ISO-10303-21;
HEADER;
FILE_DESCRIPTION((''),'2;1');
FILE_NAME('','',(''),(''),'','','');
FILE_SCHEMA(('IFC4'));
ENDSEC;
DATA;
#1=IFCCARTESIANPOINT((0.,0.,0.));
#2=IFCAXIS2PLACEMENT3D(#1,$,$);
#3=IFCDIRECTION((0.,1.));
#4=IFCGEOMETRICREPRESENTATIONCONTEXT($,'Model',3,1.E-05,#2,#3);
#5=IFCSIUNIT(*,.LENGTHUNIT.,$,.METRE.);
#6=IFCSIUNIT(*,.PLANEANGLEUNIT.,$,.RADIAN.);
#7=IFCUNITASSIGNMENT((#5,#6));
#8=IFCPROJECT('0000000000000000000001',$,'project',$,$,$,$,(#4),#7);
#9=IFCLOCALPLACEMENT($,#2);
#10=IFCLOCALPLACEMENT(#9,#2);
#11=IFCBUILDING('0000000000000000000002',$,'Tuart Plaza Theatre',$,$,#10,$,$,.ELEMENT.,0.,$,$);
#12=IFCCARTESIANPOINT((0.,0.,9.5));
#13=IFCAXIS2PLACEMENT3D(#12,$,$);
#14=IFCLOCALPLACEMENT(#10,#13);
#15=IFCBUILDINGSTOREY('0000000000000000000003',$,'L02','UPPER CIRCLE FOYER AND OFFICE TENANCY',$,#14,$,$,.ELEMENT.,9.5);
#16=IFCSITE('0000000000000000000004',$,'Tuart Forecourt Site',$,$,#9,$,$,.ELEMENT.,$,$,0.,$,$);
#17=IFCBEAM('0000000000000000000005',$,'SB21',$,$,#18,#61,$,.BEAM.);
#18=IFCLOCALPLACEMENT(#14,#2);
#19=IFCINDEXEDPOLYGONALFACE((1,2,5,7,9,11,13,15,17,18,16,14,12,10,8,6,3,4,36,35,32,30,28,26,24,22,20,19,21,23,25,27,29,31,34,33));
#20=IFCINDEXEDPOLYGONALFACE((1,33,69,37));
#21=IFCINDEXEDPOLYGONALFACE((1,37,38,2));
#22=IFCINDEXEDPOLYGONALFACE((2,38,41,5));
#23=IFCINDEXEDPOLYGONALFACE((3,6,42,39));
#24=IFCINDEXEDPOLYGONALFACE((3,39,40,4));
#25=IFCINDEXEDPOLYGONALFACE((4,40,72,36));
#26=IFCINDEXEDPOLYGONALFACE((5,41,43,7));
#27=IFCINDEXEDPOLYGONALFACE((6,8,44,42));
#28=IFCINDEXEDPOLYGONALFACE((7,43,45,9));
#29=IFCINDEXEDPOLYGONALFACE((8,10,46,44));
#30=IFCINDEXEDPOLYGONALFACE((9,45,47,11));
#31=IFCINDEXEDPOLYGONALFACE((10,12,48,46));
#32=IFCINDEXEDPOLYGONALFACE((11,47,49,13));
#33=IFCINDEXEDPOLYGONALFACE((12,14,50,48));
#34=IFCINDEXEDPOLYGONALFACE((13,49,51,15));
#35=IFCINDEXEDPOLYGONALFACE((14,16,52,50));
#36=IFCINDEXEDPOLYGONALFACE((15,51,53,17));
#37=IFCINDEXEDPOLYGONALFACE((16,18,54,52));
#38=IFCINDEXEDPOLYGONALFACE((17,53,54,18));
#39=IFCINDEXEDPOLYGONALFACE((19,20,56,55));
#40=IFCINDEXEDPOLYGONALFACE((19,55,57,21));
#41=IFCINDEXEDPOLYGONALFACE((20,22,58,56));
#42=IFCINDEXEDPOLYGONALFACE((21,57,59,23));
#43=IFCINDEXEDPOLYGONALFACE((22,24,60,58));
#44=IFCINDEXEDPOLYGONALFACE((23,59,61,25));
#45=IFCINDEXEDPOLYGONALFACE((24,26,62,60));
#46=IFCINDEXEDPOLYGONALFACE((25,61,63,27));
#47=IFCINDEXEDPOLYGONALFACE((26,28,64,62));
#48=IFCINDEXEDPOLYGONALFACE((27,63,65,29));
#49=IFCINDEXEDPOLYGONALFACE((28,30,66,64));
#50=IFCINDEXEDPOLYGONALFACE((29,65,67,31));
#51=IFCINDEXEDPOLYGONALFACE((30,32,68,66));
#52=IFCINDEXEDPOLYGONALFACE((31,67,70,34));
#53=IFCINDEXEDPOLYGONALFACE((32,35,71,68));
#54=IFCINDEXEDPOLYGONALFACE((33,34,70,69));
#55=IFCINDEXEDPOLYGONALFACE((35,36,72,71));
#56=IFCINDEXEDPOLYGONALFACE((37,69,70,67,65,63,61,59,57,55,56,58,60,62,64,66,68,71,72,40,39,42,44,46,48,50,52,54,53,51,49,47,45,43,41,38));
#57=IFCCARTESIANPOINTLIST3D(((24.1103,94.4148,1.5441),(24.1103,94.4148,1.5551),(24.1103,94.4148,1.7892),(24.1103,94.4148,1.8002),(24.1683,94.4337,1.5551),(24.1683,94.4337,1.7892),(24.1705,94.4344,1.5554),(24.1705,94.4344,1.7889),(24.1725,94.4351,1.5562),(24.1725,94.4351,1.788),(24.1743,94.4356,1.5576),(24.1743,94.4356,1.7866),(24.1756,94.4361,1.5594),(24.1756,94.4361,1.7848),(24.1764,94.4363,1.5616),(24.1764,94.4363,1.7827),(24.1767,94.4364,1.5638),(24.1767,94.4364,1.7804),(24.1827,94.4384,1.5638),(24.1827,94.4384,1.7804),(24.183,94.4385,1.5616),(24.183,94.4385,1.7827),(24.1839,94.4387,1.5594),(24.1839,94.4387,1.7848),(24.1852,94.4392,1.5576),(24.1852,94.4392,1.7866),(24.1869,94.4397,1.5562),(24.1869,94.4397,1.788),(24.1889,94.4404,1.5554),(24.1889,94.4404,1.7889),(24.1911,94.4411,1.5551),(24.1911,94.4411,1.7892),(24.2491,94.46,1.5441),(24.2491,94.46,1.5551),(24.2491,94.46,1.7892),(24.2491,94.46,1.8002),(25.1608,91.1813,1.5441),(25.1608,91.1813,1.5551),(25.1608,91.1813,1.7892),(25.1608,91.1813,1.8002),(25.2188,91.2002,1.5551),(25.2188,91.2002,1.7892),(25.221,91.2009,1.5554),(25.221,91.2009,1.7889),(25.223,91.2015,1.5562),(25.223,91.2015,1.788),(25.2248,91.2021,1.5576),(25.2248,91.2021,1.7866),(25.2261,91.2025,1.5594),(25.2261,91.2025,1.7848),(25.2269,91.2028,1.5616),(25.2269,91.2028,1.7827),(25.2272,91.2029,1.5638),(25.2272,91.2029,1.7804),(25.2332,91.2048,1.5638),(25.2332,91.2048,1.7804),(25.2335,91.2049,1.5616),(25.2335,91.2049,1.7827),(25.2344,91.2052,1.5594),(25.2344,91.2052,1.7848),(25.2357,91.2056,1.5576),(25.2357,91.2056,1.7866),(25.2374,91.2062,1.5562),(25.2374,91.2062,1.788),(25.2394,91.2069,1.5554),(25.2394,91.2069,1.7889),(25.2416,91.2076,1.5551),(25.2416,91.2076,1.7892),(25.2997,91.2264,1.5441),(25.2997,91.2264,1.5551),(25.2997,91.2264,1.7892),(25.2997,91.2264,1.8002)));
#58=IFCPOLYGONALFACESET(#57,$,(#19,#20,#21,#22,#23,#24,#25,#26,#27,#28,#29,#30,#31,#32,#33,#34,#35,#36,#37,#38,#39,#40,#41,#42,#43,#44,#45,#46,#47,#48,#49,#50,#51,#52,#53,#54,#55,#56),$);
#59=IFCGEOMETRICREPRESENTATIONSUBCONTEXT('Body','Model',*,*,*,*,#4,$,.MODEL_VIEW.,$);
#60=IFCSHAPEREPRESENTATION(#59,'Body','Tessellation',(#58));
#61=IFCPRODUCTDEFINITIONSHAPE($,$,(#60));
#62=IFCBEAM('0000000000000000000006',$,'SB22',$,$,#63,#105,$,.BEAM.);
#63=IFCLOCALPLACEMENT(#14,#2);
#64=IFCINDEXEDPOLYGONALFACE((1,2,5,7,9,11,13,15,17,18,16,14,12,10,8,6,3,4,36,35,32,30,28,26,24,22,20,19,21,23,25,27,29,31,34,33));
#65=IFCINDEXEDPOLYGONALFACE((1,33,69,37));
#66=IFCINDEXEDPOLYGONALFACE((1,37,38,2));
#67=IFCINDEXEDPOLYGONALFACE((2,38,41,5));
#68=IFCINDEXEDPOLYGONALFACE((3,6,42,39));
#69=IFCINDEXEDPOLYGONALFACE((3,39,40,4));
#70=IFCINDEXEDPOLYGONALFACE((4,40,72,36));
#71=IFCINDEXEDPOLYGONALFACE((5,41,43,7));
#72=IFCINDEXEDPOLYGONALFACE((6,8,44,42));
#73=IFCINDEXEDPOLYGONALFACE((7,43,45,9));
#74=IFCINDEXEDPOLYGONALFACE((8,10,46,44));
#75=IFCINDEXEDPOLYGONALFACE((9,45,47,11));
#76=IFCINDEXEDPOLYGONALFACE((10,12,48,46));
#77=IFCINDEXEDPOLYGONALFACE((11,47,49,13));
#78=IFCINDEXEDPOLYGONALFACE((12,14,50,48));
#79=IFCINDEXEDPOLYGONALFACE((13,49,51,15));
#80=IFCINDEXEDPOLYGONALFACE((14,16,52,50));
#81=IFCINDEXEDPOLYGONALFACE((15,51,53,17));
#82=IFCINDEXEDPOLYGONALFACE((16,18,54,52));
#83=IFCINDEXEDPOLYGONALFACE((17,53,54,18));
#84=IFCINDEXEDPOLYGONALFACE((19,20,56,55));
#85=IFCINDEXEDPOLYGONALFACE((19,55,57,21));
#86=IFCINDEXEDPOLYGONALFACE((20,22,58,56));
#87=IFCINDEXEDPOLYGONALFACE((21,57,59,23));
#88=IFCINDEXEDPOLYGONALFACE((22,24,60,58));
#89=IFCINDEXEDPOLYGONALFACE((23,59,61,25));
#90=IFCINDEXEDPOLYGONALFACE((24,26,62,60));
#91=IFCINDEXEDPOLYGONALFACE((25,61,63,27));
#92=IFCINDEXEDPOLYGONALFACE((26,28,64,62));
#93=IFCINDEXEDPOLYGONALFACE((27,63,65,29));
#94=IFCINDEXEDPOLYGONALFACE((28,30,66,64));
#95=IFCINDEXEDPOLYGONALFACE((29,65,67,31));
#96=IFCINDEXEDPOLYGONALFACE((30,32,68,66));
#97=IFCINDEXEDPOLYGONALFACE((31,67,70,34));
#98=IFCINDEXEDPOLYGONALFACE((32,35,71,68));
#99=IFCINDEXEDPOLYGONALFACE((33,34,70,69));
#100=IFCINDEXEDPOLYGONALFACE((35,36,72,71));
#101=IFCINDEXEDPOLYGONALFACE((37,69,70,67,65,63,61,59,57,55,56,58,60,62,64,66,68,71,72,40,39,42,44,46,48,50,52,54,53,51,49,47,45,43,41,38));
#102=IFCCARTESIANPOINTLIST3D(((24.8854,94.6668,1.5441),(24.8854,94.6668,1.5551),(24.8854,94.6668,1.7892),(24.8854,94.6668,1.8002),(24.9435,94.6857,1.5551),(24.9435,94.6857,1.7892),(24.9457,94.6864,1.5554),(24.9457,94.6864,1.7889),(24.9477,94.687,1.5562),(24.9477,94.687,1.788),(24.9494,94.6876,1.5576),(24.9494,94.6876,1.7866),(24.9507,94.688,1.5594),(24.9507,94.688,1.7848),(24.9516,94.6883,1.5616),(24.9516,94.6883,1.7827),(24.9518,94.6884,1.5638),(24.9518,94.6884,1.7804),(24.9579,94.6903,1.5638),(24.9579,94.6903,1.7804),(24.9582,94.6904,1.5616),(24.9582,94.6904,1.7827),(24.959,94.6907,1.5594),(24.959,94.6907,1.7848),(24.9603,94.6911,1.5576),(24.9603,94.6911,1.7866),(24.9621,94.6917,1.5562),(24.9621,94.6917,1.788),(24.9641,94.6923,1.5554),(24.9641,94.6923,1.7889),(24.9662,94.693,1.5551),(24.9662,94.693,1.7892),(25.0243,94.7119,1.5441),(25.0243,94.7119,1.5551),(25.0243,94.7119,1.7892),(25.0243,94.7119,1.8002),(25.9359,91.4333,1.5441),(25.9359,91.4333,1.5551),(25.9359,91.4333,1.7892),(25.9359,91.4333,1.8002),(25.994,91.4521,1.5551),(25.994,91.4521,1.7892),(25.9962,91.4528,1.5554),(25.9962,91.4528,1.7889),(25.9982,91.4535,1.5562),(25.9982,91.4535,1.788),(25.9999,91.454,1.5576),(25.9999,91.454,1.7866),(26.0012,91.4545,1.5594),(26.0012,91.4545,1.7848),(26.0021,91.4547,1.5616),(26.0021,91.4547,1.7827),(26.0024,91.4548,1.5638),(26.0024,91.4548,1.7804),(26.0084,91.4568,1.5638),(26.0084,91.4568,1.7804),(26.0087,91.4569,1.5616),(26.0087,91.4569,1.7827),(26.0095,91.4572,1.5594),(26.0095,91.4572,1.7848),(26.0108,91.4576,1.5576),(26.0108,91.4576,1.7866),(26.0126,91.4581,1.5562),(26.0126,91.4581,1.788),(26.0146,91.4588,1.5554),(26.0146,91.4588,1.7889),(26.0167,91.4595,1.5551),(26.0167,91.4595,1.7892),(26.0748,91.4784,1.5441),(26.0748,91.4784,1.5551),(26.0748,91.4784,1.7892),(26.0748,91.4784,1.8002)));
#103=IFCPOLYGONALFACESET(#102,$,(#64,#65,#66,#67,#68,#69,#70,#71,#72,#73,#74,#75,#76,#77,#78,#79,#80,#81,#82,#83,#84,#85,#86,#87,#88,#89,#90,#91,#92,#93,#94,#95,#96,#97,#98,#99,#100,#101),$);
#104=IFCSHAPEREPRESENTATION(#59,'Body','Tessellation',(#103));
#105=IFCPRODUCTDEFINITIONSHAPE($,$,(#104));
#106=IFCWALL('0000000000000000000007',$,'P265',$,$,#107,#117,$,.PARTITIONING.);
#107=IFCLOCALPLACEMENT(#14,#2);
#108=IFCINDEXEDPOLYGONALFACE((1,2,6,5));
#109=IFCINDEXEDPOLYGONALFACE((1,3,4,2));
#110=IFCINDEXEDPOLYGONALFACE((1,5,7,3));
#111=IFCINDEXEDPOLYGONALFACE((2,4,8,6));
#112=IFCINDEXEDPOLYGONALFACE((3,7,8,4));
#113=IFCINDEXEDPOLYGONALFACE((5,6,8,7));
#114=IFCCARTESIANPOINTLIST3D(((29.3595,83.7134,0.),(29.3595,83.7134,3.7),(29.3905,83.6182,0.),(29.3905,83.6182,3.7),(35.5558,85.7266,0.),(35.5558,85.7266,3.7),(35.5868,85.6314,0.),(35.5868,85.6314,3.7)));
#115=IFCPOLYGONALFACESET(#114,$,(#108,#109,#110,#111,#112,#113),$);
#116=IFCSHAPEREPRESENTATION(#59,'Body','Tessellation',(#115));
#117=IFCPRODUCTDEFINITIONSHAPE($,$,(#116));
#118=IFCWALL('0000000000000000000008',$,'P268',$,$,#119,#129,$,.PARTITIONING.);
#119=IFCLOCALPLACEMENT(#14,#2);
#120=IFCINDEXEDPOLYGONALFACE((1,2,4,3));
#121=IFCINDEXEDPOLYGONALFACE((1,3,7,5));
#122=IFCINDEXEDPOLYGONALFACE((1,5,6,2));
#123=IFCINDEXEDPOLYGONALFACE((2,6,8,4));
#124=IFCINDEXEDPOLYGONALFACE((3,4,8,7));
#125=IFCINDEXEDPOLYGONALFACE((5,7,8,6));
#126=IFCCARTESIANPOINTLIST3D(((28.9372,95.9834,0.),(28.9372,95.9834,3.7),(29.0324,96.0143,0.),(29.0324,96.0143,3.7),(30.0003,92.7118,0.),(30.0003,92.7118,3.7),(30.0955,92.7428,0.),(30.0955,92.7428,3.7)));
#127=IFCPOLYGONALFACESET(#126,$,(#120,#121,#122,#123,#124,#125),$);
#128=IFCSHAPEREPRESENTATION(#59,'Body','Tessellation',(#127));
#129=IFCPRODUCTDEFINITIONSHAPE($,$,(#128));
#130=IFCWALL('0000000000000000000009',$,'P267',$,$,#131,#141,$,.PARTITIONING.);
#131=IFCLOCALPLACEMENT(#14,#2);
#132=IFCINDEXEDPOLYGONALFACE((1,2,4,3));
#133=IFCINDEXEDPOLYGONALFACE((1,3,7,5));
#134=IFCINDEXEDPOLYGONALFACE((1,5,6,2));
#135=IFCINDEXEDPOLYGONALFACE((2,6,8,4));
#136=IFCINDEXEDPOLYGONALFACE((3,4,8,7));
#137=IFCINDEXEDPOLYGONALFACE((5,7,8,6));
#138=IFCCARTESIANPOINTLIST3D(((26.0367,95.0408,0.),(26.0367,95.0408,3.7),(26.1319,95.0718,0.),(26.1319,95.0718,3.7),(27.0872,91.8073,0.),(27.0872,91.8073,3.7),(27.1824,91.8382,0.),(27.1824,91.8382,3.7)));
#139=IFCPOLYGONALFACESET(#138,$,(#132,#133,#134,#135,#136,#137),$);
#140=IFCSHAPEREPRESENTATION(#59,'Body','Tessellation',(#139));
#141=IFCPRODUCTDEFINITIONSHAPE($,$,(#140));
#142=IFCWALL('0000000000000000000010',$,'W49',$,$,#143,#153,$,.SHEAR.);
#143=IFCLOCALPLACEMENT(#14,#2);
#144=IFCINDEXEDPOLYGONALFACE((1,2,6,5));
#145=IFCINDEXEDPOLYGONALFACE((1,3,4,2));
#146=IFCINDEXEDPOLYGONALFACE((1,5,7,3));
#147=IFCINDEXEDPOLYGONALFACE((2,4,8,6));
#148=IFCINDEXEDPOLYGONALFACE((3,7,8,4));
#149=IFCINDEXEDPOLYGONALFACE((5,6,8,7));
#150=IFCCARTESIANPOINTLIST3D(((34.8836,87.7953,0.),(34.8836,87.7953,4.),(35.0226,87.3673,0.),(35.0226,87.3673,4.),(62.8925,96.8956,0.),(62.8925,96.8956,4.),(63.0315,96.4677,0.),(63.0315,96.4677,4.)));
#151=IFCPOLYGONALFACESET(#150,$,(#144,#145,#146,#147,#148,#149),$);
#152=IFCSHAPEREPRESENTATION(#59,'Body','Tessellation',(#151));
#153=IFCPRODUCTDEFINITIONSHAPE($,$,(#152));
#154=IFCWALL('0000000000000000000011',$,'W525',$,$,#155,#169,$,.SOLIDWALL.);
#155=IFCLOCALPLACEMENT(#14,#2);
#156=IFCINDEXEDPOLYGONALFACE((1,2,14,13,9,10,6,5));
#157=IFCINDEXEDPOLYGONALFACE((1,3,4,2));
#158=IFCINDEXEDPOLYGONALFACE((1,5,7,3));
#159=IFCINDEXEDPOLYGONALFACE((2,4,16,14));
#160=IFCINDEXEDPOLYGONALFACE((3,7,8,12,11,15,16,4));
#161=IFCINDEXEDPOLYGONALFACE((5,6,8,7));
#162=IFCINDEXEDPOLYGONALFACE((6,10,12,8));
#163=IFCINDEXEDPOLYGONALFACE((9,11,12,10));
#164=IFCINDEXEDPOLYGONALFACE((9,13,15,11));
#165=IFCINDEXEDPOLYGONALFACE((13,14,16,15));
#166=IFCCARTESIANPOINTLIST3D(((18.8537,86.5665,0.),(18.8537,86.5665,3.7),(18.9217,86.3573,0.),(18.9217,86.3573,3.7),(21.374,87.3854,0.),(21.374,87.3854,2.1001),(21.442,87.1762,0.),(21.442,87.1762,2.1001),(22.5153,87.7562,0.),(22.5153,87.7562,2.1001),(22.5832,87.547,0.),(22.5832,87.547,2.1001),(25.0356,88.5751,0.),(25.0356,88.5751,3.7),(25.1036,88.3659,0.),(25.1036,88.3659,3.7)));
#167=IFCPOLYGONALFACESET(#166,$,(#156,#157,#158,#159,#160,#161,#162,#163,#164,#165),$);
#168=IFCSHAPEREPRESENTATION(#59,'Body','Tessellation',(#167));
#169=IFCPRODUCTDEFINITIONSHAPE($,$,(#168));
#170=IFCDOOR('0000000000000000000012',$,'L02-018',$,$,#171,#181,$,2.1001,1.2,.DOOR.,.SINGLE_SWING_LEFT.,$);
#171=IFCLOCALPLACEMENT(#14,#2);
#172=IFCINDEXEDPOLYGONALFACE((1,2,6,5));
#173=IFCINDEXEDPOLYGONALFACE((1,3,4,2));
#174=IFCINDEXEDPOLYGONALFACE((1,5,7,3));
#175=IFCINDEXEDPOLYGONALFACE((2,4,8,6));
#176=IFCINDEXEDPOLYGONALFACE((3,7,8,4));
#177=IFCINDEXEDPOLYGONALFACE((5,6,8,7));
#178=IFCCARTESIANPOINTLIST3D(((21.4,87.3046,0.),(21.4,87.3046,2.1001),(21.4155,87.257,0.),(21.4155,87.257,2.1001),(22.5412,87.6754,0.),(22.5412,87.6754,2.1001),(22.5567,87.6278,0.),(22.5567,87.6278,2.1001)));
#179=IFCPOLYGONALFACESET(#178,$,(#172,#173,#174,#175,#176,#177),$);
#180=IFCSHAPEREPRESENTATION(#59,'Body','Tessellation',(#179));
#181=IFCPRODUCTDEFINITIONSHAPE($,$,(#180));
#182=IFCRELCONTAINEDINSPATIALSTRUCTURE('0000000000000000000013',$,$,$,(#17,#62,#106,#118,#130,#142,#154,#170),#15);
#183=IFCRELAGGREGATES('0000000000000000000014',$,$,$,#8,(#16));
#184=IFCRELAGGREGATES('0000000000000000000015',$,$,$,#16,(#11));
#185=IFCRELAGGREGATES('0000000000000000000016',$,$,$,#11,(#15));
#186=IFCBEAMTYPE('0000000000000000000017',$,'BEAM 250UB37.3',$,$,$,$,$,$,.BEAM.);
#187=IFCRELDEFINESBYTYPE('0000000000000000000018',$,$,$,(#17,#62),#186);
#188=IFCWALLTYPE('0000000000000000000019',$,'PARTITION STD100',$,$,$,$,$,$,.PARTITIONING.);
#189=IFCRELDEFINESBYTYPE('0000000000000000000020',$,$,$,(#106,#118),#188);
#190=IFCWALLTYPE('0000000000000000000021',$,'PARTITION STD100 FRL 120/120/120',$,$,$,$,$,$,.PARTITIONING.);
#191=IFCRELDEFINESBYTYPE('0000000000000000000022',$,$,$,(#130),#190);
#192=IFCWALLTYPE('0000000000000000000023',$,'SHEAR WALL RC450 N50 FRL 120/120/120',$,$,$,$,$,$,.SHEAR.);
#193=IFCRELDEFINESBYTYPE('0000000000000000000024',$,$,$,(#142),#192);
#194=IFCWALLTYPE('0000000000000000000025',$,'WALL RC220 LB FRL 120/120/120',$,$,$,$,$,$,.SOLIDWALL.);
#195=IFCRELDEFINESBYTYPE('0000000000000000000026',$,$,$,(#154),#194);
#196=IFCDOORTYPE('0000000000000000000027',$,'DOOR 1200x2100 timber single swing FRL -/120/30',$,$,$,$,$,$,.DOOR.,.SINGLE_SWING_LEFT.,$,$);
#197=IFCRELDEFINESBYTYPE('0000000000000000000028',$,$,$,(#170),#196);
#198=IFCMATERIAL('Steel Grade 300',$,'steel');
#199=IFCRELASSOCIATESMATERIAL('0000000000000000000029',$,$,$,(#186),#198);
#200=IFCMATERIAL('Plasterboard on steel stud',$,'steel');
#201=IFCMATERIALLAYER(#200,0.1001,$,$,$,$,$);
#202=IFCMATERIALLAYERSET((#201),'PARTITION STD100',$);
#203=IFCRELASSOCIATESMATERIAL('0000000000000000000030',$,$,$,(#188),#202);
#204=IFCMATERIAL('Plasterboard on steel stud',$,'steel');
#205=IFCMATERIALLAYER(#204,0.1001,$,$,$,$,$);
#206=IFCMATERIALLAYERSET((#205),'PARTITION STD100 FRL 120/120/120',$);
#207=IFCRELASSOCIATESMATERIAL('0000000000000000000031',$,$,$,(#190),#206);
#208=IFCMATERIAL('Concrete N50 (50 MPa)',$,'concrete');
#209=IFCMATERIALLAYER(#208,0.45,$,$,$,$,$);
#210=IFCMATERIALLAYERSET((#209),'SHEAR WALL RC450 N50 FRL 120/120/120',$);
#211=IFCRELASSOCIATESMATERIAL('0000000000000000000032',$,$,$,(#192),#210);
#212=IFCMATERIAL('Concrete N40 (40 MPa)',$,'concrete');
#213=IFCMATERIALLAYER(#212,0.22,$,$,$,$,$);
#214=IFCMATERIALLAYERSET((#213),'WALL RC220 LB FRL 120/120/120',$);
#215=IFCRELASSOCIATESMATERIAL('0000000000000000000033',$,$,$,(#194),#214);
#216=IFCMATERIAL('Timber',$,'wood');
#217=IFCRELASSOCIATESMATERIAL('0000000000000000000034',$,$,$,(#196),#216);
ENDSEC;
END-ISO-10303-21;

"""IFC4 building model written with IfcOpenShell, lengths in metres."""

from ifc_helpers import new_model, si_unit, direction, frame, frame_2d, origin, origin_2d, place, context, subcontext, project, spatial, rectangle, i_section, extrude, material, layer, layer_set, material_profile, profile_set, type_object, element, fill, save


model = new_model("IFC4")

# Units and contexts
model_context = context("Model", 3, precision=1e-05, world=origin(), true_north=direction((0.0, 1.0)))
body_context = subcontext(model_context, "Body", "Model", "MODEL_VIEW")
ifc_project = project(units=[si_unit("LENGTHUNIT", "METRE"), si_unit("PLANEANGLEUNIT", "RADIAN")], contexts=[model_context])

# Site, building, storey
site_placement = place(None, origin())
site = spatial("IfcSite", under=ifc_project, at=site_placement, Name="Tuart Forecourt Site", CompositionType="ELEMENT", RefElevation=0.0)
building_placement = place(site_placement, origin())
building = spatial("IfcBuilding", under=site, at=building_placement, Name="Tuart Plaza Theatre", CompositionType="ELEMENT", ElevationOfRefHeight=0.0)
storey_placement = place(building_placement, frame((0.0, 0.0, 9.5)))
storey = spatial("IfcBuildingStorey", under=building, at=storey_placement, Name="L02", Description="UPPER CIRCLE FOYER AND OFFICE TENANCY", CompositionType="ELEMENT", Elevation=9.5)

# Beams
ifc_material_1 = material(Name="Steel Grade 300", Category="steel")
ifc_material_profile = material_profile(ifc_material_1, i_section(OverallWidth=0.146, OverallDepth=0.2561, WebThickness=0.0063, FlangeThickness=0.011, FilletRadius=0.0088, at=origin_2d()), Name="250UB37.3")
ifc_profile_set = profile_set([ifc_material_profile], Name="Steel Grade 300")
beam_type = type_object("IfcBeamType", Name="BEAM 250UB37.3", PredefinedType="BEAM", material=ifc_profile_set)
for number, where, z_axis, x_axis, name in (
    (1, (25.2302, 91.2039, 1.6721), (-0.308981, 0.951068, 0.0), (-0.951068, -0.308981, 0.0), "SB21"),
    (2, (26.0054, 91.4558, 1.6721), (-0.308981, 0.951068, 0.0), (-0.951068, -0.308981, 0.0), "SB22"),
):
    element("IfcBeam", number, at=place(storey_placement, frame(where, z_axis=z_axis, x_axis=x_axis)), inside=storey, type_object=beam_type, Name=name, PredefinedType="BEAM", context=body_context, shape_type="SweptSolid", body=[
        extrude(i_section(OverallWidth=0.146, OverallDepth=0.2561, WebThickness=0.0063, FlangeThickness=0.011, FilletRadius=0.0088, at=origin_2d()), origin(), (0.0, 0.0, 1.0), 3.3999),
    ])

# Walls
ifc_material_2 = material(Name="Plasterboard on steel stud", Category="steel")
ifc_layer_1 = layer(ifc_material_2, 0.1001)
ifc_layer_set_1 = layer_set([ifc_layer_1], Name="PARTITION STD100")
wall_type_1 = type_object("IfcWallType", Name="PARTITION STD100", PredefinedType="PARTITIONING", material=ifc_layer_set_1)
wall_1_placement = place(storey_placement, frame((29.375, 83.6658, 0.0), z_axis=(0.0, 0.0, 1.0), x_axis=(0.951062, 0.309001, 0.0)))
element("IfcWall", 3, at=wall_1_placement, inside=storey, type_object=wall_type_1, Name="P265", PredefinedType="PARTITIONING", context=body_context, shape_type="SweptSolid", body=[
    extrude(rectangle(XDim=6.5151, YDim=0.1001, at=frame_2d((3.2576, 0.0))), origin(), (0.0, 0.0, 1.0), 3.7),
])
wall_2_placement = place(storey_placement, frame((30.0479, 92.7273, 0.0), z_axis=(0.0, 0.0, 1.0), x_axis=(-0.309022, 0.951055, 0.0)))
element("IfcWall", 4, at=wall_2_placement, inside=storey, type_object=wall_type_1, Name="P268", PredefinedType="PARTITIONING", context=body_context, shape_type="SweptSolid", body=[
    extrude(rectangle(XDim=3.4399, YDim=0.1001, at=frame_2d((1.72, 0.0))), origin(), (0.0, 0.0, 1.0), 3.7),
])
ifc_material_3 = material(Name="Plasterboard on steel stud", Category="steel")
ifc_layer_2 = layer(ifc_material_3, 0.1001)
ifc_layer_set_2 = layer_set([ifc_layer_2], Name="PARTITION STD100 FRL 120/120/120")
wall_type_2 = type_object("IfcWallType", Name="PARTITION STD100 FRL 120/120/120", PredefinedType="PARTITIONING", material=ifc_layer_set_2)
wall_3_placement = place(storey_placement, frame((27.1348, 91.8228, 0.0), z_axis=(0.0, 0.0, 1.0), x_axis=(-0.308981, 0.951068, 0.0)))
element("IfcWall", 5, at=wall_3_placement, inside=storey, type_object=wall_type_2, Name="P267", PredefinedType="PARTITIONING", context=body_context, shape_type="SweptSolid", body=[
    extrude(rectangle(XDim=3.3999, YDim=0.1001, at=frame_2d((1.7, 0.0))), origin(), (0.0, 0.0, 1.0), 3.7),
])
ifc_material_4 = material(Name="Concrete N50 (50 MPa)", Category="concrete")
ifc_layer_3 = layer(ifc_material_4, 0.45)
ifc_layer_set_3 = layer_set([ifc_layer_3], Name="SHEAR WALL RC450 N50 FRL 120/120/120")
wall_type_3 = type_object("IfcWallType", Name="SHEAR WALL RC450 N50 FRL 120/120/120", PredefinedType="SHEAR", material=ifc_layer_set_3)
wall_4_placement = place(storey_placement, frame((34.9531, 87.5813, 0.0), z_axis=(0.0, 0.0, 1.0), x_axis=(0.951059, 0.309009, 0.0)))
element("IfcWall", 6, at=wall_4_placement, inside=storey, type_object=wall_type_3, Name="W49", PredefinedType="SHEAR", context=body_context, shape_type="SweptSolid", body=[
    extrude(rectangle(XDim=29.4502, YDim=0.45, at=frame_2d((14.7251, 0.0))), origin(), (0.0, 0.0, 1.0), 4.0),
])

# Wall, opening, door
ifc_material_5 = material(Name="Concrete N40 (40 MPa)", Category="concrete")
ifc_layer_4 = layer(ifc_material_5, 0.22)
ifc_layer_set_4 = layer_set([ifc_layer_4], Name="WALL RC220 LB FRL 120/120/120")
wall_type_4 = type_object("IfcWallType", Name="WALL RC220 LB FRL 120/120/120", PredefinedType="SOLIDWALL", material=ifc_layer_set_4)
wall_5_placement = place(storey_placement, frame((18.8877, 86.4619, 0.0), z_axis=(0.0, 0.0, 1.0), x_axis=(0.95106, 0.309007, 0.0)))
wall_5 = element("IfcWall", 7, at=wall_5_placement, inside=storey, type_object=wall_type_4, Name="W525", PredefinedType="SOLIDWALL", context=body_context, shape_type="SweptSolid", body=[
    extrude(rectangle(XDim=6.5, YDim=0.22, at=frame_2d((3.25, 0.0))), origin(), (0.0, 0.0, 1.0), 3.7),
])
opening_1_placement = place(wall_5_placement, frame((2.6499, 0.0, 0.0)))
opening_1 = element("IfcOpeningElement", 8, at=opening_1_placement, cuts=wall_5, PredefinedType="OPENING", context=body_context, shape_type="SweptSolid", body=[
    extrude(rectangle(XDim=1.2, YDim=2.1001, at=frame_2d((0.6001, 1.05))), frame((0.0, 0.1199, 0.0), z_axis=(0.0, -1.0, 0.0), x_axis=(1.0, 0.0, 0.0)), (0.0, 0.0, 1.0), 0.24),
])
ifc_material_6 = material(Name="Timber", Category="wood")
door_type_1 = type_object("IfcDoorType", Name="DOOR 1200x2100 timber single swing FRL -/120/30", OperationType="SINGLE_SWING_LEFT", PredefinedType="DOOR", material=ifc_material_6)
door_1_placement = place(opening_1_placement, frame((1.2, 0.0, 0.0), z_axis=(0.0, 0.0, 1.0), x_axis=(-1.0, 0.0, 0.0)))
door_1 = element("IfcDoor", 9, at=door_1_placement, inside=storey, type_object=door_type_1, Name="L02-018", OperationType="SINGLE_SWING_LEFT", OverallHeight=2.1001, OverallWidth=1.2, PredefinedType="DOOR", context=body_context, shape_type="SweptSolid", body=[
    extrude(rectangle(XDim=1.2, YDim=2.1001, at=frame_2d((0.6001, 1.05))), frame((0.0, 0.0249, 0.0), z_axis=(0.0, -1.0, 0.0), x_axis=(1.0, 0.0, 0.0)), (0.0, 0.0, 1.0), 0.05),
])
fill(opening_1, door_1)

save(model, "model.ifc")
